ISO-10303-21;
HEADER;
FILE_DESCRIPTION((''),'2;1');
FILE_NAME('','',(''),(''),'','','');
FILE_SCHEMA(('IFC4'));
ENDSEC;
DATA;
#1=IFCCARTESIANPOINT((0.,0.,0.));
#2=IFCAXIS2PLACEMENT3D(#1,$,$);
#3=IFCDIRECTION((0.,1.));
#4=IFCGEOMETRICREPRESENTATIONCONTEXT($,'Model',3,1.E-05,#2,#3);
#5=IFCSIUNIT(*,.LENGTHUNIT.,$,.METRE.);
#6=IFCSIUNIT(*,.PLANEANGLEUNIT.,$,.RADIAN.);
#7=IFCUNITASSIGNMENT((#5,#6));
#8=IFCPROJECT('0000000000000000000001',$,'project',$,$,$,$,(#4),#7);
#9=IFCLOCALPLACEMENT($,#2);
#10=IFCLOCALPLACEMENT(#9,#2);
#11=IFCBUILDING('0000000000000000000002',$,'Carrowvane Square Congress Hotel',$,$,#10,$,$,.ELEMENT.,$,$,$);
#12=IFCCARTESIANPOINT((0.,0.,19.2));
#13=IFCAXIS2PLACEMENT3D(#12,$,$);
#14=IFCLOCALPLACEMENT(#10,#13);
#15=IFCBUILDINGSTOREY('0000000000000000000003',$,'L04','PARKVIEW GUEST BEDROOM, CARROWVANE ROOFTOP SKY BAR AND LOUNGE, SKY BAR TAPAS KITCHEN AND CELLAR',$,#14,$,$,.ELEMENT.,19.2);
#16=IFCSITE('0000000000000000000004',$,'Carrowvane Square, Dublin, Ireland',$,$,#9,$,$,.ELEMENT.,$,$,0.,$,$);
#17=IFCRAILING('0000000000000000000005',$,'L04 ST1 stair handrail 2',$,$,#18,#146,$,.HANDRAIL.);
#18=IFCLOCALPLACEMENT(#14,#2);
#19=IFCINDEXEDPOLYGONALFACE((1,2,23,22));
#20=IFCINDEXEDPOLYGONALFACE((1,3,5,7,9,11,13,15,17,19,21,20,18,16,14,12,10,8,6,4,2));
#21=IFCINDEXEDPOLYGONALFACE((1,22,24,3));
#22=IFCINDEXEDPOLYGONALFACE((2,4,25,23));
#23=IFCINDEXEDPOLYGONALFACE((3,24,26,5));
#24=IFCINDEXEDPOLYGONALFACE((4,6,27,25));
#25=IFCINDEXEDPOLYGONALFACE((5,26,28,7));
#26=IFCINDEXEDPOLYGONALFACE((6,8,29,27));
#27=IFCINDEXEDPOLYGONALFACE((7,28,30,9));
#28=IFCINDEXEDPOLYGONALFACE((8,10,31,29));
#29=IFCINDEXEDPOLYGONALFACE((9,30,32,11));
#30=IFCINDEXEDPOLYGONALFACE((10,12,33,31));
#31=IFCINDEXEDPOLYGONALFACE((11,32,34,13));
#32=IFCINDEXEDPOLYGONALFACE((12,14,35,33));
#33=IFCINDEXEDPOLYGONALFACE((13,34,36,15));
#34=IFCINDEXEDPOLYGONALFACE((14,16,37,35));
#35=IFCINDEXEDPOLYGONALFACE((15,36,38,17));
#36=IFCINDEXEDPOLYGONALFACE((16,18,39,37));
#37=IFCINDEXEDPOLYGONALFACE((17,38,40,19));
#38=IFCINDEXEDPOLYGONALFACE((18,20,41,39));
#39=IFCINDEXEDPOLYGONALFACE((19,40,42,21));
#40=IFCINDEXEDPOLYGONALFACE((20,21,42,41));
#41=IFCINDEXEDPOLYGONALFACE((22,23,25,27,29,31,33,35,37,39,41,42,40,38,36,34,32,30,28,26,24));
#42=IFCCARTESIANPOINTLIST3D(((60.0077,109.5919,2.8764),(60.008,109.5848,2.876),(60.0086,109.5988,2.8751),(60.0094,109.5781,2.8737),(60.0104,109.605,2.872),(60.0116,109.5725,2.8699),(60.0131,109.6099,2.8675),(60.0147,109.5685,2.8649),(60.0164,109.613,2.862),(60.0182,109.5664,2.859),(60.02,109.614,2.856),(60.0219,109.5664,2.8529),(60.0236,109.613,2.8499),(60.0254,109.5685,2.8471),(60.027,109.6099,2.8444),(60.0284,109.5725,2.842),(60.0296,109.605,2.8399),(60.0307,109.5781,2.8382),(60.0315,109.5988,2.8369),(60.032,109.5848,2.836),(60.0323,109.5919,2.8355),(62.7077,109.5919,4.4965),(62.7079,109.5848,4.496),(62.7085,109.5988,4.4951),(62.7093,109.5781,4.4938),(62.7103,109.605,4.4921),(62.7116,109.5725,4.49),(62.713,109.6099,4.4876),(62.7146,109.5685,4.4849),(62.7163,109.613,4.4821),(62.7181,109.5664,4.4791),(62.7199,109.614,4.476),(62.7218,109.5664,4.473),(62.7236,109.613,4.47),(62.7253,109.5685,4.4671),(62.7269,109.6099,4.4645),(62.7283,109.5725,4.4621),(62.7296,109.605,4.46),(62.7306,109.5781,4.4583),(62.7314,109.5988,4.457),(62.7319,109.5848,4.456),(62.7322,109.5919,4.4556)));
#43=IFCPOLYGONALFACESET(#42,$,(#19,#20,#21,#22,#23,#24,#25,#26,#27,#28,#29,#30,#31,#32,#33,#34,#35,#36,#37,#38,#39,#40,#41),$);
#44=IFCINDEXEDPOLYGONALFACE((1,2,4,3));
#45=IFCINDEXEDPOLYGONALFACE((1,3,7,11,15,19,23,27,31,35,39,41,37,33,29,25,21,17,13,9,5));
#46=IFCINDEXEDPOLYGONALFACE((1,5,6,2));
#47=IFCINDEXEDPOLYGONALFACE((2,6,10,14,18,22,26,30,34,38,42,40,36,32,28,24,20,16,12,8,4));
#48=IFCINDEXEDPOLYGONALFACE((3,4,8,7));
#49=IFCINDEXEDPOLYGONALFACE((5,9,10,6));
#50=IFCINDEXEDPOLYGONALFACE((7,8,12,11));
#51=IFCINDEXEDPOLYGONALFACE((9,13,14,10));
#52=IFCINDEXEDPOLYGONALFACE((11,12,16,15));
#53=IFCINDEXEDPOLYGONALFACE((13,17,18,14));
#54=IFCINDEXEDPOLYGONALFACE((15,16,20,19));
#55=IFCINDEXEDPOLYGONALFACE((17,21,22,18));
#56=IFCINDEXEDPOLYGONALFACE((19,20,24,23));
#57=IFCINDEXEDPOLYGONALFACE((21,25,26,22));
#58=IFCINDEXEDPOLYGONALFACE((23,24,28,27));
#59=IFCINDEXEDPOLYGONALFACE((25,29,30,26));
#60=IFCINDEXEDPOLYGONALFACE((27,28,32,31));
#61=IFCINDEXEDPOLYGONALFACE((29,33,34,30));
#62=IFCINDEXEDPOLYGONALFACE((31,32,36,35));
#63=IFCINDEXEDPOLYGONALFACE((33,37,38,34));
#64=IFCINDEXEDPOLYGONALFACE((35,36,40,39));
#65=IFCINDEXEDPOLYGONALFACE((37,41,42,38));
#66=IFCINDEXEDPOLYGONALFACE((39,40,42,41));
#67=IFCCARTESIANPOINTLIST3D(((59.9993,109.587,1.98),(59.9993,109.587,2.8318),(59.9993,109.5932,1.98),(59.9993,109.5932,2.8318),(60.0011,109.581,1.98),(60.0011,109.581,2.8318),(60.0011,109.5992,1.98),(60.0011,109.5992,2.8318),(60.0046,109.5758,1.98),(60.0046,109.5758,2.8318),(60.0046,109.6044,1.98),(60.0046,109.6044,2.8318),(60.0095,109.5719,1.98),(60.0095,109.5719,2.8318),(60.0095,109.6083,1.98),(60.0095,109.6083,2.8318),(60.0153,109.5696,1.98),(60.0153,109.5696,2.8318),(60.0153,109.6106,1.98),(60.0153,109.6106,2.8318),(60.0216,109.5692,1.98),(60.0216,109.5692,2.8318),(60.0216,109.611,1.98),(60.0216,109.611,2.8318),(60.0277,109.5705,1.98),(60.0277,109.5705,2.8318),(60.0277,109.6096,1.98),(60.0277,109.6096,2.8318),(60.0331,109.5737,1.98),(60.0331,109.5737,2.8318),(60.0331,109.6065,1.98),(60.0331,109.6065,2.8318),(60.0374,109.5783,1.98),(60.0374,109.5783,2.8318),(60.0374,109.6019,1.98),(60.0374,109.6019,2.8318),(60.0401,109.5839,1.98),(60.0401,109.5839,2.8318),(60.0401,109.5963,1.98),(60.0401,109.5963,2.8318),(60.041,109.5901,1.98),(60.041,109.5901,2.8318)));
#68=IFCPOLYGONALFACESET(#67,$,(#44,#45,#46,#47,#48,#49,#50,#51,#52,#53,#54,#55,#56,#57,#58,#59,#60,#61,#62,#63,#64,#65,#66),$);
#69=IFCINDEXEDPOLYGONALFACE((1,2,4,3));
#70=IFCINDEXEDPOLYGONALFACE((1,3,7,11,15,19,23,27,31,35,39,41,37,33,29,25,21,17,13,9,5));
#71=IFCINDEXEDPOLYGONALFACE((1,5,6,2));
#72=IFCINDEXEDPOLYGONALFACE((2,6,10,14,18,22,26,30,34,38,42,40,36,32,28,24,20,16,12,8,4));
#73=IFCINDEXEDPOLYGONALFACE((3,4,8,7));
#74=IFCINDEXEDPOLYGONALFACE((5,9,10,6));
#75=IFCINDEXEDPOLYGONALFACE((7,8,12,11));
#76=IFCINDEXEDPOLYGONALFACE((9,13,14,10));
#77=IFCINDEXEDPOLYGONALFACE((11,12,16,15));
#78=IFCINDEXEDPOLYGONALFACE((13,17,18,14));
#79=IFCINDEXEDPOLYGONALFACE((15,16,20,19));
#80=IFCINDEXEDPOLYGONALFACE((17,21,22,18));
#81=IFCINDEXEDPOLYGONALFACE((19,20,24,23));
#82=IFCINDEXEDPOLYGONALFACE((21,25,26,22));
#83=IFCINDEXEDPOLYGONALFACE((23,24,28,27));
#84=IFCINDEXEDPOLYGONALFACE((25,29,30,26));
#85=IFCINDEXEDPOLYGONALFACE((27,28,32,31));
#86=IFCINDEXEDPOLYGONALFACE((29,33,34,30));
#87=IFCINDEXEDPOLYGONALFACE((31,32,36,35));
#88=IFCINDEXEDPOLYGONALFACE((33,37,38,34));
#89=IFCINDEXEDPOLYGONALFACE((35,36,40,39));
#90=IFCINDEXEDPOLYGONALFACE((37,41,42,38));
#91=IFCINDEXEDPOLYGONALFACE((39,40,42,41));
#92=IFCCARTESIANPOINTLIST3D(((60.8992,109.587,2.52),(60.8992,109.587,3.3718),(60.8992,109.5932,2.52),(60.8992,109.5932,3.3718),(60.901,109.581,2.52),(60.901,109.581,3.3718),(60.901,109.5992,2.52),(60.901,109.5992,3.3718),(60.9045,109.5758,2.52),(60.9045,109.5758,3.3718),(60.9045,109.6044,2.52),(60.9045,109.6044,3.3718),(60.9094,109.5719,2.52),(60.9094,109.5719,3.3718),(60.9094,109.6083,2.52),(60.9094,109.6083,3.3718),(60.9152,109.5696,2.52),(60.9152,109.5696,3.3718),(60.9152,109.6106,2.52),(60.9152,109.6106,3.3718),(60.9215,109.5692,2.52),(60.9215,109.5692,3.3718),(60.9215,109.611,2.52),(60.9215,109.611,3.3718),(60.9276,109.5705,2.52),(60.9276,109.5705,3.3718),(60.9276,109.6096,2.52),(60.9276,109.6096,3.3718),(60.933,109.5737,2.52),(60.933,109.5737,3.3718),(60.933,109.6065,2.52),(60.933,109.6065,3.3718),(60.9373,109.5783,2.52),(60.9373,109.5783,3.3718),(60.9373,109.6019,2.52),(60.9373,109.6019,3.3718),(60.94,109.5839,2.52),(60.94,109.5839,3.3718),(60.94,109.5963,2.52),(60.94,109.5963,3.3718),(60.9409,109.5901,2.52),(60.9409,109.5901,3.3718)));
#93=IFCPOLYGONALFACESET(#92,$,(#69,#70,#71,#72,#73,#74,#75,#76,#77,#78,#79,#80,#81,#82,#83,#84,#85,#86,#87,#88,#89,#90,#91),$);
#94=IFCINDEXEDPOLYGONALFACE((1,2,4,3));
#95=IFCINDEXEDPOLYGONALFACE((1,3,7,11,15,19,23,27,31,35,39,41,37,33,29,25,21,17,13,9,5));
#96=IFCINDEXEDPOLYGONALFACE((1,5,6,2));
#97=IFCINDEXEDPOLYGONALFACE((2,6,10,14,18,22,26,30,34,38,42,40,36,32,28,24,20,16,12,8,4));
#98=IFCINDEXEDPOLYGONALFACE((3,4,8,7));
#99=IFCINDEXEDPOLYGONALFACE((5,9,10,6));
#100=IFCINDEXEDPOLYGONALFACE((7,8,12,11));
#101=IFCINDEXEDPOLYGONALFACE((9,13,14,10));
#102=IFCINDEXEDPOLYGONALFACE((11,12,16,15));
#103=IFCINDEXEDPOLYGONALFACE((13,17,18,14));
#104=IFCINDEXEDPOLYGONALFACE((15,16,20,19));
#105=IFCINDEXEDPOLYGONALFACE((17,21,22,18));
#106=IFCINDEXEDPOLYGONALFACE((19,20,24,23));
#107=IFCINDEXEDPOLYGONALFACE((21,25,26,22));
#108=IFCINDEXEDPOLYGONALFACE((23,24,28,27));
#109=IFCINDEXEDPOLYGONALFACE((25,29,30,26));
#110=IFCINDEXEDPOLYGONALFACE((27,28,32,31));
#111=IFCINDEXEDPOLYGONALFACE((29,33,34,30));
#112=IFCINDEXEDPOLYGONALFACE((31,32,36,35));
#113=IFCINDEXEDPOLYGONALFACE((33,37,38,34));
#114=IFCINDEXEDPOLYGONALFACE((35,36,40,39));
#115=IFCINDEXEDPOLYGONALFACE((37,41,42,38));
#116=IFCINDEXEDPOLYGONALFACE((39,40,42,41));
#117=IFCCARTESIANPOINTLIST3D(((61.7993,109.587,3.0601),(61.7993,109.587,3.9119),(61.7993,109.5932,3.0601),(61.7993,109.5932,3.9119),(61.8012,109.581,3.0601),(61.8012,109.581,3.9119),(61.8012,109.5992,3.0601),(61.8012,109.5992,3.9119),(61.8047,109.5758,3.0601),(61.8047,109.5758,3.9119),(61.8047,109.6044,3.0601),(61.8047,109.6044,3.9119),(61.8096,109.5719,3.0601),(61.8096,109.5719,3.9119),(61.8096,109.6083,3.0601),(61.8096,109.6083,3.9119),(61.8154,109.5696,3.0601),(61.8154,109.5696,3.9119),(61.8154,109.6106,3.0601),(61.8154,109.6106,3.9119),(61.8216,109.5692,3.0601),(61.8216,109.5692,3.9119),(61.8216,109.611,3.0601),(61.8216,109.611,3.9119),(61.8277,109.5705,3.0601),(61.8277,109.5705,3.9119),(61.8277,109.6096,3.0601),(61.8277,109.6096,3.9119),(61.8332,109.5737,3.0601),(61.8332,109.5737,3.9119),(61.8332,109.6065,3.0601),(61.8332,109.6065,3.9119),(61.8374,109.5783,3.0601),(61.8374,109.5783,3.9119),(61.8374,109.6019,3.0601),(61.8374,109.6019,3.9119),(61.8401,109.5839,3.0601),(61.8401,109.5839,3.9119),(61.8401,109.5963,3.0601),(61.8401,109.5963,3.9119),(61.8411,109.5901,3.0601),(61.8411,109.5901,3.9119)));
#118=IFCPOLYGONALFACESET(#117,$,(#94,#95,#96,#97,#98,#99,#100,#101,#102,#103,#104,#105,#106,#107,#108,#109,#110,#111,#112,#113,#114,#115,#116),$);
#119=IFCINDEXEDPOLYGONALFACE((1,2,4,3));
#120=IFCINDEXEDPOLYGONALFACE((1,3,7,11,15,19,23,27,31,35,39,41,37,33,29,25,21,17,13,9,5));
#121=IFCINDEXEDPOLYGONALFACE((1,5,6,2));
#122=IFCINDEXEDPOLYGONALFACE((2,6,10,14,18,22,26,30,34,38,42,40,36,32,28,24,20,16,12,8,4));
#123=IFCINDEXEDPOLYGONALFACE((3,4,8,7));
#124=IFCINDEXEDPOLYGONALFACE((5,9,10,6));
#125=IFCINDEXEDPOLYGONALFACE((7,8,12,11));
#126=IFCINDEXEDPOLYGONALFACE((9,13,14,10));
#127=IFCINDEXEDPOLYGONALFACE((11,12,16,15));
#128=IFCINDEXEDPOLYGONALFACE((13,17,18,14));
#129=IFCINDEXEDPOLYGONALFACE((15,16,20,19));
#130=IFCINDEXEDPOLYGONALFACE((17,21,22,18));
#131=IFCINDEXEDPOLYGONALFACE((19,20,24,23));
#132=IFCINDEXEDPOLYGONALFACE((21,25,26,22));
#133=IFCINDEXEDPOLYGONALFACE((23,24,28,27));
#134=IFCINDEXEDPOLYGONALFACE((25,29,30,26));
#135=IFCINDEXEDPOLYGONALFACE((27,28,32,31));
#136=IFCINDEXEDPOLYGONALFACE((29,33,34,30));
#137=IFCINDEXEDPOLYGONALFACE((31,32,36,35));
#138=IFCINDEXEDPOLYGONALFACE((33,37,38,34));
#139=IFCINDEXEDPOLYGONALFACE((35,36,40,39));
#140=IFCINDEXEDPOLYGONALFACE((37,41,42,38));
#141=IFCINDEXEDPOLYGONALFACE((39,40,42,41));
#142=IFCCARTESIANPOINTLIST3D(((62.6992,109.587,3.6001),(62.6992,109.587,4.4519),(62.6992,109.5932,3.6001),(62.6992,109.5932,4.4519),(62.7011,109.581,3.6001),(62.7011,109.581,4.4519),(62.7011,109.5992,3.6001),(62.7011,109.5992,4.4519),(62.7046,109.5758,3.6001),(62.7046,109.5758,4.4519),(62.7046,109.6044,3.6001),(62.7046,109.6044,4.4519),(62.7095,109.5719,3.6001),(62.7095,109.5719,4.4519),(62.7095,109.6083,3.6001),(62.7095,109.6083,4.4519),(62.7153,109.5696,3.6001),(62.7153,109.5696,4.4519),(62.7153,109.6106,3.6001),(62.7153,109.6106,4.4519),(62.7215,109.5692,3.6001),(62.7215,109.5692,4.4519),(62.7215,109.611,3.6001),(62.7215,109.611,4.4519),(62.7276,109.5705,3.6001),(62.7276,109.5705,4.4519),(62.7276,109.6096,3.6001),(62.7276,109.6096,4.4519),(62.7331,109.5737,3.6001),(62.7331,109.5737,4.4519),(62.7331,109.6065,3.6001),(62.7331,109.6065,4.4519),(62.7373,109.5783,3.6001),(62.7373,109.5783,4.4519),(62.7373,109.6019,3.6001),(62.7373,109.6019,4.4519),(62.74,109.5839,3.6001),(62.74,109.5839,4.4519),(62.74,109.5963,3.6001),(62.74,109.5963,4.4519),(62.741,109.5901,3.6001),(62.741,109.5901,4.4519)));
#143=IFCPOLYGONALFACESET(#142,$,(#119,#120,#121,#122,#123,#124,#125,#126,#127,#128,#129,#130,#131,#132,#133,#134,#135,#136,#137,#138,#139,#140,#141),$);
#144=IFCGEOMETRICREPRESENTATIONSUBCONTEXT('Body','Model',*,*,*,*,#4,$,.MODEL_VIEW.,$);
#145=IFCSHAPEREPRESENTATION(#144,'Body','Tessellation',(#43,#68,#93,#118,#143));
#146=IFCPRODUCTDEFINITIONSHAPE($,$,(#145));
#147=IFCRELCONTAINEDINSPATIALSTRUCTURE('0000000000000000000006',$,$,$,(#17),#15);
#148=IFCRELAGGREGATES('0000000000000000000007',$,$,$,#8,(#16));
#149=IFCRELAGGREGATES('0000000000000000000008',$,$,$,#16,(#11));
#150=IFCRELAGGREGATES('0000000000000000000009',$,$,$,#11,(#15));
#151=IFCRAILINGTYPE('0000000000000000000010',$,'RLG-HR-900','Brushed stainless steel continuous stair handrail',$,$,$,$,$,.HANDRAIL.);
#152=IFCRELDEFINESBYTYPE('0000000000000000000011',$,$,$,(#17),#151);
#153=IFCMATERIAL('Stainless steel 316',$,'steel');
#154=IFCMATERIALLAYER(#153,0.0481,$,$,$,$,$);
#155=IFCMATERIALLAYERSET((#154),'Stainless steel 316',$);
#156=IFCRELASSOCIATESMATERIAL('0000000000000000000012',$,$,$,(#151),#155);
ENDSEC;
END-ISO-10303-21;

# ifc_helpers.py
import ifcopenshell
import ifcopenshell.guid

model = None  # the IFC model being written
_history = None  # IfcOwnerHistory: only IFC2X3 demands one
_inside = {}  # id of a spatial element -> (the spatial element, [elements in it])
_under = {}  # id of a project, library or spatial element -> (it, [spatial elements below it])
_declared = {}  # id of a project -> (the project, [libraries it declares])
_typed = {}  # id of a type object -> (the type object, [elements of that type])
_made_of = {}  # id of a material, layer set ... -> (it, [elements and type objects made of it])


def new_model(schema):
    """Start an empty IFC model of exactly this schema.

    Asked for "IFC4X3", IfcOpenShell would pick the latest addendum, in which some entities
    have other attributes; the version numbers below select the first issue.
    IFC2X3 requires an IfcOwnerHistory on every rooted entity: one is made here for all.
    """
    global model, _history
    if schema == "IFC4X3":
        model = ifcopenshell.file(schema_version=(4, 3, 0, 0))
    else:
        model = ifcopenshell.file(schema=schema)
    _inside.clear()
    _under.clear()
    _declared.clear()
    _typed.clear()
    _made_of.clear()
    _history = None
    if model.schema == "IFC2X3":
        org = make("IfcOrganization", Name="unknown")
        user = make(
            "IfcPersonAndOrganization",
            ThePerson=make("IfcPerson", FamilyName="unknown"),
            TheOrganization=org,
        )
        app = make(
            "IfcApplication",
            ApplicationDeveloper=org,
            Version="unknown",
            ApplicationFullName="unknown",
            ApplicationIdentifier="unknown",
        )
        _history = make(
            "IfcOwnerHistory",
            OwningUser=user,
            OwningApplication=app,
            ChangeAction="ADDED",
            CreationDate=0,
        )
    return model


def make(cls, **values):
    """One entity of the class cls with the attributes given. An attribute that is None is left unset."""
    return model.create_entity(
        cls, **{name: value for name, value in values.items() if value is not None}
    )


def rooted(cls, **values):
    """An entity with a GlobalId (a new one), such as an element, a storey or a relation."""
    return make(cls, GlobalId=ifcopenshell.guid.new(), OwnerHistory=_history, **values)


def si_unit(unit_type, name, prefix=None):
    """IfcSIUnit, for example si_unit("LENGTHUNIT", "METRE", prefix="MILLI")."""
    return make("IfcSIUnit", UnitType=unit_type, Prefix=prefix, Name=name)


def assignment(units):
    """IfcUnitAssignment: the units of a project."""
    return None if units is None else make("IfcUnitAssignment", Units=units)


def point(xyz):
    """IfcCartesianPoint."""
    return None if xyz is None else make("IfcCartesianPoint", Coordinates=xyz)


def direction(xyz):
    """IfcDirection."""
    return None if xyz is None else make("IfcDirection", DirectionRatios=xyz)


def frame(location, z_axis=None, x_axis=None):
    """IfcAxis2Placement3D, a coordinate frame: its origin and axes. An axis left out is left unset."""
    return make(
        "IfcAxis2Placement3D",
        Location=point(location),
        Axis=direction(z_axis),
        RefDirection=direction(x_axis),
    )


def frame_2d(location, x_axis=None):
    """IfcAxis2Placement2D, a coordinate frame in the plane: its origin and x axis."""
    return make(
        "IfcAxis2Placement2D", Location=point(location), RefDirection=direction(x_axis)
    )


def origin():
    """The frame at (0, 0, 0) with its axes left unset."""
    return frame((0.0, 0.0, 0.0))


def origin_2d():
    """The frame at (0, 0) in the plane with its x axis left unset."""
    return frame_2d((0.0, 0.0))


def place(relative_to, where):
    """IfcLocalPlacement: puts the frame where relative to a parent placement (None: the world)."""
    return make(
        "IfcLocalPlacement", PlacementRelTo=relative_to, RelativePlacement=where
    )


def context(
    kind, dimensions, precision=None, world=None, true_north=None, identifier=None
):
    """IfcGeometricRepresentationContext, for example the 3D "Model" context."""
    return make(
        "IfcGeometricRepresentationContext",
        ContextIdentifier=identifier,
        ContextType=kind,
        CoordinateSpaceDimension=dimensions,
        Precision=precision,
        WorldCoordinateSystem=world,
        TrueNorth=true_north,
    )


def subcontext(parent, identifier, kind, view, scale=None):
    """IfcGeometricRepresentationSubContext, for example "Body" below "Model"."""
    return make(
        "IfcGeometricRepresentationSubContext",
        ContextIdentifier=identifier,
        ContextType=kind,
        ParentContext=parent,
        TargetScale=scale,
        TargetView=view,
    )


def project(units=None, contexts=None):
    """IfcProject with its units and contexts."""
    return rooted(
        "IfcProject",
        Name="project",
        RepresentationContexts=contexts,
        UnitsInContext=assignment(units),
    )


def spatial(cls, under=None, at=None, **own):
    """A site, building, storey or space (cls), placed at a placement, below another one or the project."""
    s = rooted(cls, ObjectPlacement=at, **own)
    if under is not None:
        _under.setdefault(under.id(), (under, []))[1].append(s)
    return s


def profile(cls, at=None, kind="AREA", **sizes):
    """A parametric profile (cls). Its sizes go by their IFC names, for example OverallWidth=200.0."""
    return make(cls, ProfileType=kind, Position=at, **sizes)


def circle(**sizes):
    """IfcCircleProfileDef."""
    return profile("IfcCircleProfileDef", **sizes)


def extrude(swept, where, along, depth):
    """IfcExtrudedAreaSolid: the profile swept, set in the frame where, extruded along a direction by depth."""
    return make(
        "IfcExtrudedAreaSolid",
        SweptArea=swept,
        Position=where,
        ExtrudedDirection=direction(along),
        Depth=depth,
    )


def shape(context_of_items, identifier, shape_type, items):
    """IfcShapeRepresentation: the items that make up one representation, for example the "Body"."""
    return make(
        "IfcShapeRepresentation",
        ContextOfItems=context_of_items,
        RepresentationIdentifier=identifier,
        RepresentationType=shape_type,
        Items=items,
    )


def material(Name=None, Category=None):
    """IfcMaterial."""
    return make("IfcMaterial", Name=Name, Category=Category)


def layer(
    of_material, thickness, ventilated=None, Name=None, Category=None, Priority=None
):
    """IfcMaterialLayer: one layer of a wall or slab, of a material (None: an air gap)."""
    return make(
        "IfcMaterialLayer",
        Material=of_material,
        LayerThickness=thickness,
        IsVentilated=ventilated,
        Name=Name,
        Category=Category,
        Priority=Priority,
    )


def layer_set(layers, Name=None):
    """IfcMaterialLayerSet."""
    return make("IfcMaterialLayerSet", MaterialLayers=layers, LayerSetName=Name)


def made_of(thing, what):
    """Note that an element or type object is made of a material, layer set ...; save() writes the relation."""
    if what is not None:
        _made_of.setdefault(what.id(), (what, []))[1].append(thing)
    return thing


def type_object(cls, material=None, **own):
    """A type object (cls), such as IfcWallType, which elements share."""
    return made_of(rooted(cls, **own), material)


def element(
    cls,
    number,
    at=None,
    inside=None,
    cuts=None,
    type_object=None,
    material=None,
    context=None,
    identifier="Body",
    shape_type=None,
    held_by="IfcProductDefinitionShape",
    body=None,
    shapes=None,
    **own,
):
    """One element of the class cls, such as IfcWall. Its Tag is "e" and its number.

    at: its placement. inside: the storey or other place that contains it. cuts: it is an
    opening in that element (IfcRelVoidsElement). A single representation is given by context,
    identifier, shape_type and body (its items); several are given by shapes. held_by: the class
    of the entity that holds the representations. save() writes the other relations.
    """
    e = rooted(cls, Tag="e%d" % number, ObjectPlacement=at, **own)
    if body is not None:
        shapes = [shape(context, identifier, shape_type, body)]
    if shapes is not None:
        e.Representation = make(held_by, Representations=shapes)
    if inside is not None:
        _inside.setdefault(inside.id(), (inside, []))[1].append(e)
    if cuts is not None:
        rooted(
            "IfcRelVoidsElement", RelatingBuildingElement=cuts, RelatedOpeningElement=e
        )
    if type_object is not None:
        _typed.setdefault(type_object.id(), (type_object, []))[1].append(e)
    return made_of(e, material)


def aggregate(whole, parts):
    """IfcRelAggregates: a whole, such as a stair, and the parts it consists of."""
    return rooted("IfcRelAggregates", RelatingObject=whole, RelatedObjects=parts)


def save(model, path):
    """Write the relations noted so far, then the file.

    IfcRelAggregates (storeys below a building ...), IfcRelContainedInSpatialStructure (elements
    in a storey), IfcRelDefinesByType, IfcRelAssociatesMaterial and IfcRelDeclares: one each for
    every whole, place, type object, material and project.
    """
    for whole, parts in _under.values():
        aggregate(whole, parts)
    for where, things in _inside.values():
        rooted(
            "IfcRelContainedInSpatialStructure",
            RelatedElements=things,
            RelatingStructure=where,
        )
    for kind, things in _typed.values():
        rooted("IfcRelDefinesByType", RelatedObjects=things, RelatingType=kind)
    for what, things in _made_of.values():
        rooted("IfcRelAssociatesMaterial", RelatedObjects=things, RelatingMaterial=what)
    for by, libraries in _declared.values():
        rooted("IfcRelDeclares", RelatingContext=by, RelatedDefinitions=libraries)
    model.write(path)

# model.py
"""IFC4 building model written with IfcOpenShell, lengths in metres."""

from ifc_helpers import new_model, si_unit, direction, frame, origin, origin_2d, place, context, subcontext, project, spatial, circle, extrude, material, layer, layer_set, type_object, element, save


model = new_model("IFC4")

# Units and contexts
model_context = context("Model", 3, precision=1e-05, world=origin(), true_north=direction((0.0, 1.0)))
body_context = subcontext(model_context, "Body", "Model", "MODEL_VIEW")
ifc_project = project(units=[si_unit("LENGTHUNIT", "METRE"), si_unit("PLANEANGLEUNIT", "RADIAN")], contexts=[model_context])

# Site, building, storey
site_placement = place(None, origin())
site = spatial("IfcSite", under=ifc_project, at=site_placement, Name="Carrowvane Square, Dublin, Ireland", CompositionType="ELEMENT", RefElevation=0.0)
building_placement = place(site_placement, origin())
building = spatial("IfcBuilding", under=site, at=building_placement, Name="Carrowvane Square Congress Hotel", CompositionType="ELEMENT")
storey_placement = place(building_placement, frame((0.0, 0.0, 19.2)))
storey = spatial("IfcBuildingStorey", under=building, at=storey_placement, Name="L04", Description="PARKVIEW GUEST BEDROOM, CARROWVANE ROOFTOP SKY BAR AND LOUNGE, SKY BAR TAPAS KITCHEN AND CELLAR", CompositionType="ELEMENT", Elevation=19.2)

# Railing
ifc_material_1 = material(Name="Stainless steel 316", Category="steel")
ifc_layer_1 = layer(ifc_material_1, 0.0481)
ifc_layer_set_1 = layer_set([ifc_layer_1], Name="Stainless steel 316")
railing_type_1 = type_object("IfcRailingType", Name="RLG-HR-900", Description="Brushed stainless steel continuous stair handrail", PredefinedType="HANDRAIL", material=ifc_layer_set_1)
railing_1_placement = place(storey_placement, frame((60.02, 109.5901, 1.98)))
element("IfcRailing", 1, at=railing_1_placement, inside=storey, type_object=railing_type_1, Name="L04 ST1 stair handrail 2", PredefinedType="HANDRAIL", context=body_context, shape_type="SweptSolid", body=[
    extrude(circle(Radius=0.0239, at=origin_2d()), frame((0.0, 0.0, 0.876), z_axis=(0.857472, 0.0, 0.51453), x_axis=(0.0, 1.0, 0.0)), (0.0, 0.0, 1.0), 3.1487),
    extrude(circle(Radius=0.021, at=origin_2d()), origin(), (0.0, 0.0, 1.0), 0.8518),
    extrude(circle(Radius=0.021, at=origin_2d()), frame((0.8999, 0.0, 0.54)), (0.0, 0.0, 1.0), 0.8518),
    extrude(circle(Radius=0.021, at=origin_2d()), frame((1.8, 0.0, 1.0801)), (0.0, 0.0, 1.0), 0.8518),
    extrude(circle(Radius=0.021, at=origin_2d()), frame((2.7, 0.0, 1.6201)), (0.0, 0.0, 1.0), 0.8518),
])

save(model, "model.ifc")
